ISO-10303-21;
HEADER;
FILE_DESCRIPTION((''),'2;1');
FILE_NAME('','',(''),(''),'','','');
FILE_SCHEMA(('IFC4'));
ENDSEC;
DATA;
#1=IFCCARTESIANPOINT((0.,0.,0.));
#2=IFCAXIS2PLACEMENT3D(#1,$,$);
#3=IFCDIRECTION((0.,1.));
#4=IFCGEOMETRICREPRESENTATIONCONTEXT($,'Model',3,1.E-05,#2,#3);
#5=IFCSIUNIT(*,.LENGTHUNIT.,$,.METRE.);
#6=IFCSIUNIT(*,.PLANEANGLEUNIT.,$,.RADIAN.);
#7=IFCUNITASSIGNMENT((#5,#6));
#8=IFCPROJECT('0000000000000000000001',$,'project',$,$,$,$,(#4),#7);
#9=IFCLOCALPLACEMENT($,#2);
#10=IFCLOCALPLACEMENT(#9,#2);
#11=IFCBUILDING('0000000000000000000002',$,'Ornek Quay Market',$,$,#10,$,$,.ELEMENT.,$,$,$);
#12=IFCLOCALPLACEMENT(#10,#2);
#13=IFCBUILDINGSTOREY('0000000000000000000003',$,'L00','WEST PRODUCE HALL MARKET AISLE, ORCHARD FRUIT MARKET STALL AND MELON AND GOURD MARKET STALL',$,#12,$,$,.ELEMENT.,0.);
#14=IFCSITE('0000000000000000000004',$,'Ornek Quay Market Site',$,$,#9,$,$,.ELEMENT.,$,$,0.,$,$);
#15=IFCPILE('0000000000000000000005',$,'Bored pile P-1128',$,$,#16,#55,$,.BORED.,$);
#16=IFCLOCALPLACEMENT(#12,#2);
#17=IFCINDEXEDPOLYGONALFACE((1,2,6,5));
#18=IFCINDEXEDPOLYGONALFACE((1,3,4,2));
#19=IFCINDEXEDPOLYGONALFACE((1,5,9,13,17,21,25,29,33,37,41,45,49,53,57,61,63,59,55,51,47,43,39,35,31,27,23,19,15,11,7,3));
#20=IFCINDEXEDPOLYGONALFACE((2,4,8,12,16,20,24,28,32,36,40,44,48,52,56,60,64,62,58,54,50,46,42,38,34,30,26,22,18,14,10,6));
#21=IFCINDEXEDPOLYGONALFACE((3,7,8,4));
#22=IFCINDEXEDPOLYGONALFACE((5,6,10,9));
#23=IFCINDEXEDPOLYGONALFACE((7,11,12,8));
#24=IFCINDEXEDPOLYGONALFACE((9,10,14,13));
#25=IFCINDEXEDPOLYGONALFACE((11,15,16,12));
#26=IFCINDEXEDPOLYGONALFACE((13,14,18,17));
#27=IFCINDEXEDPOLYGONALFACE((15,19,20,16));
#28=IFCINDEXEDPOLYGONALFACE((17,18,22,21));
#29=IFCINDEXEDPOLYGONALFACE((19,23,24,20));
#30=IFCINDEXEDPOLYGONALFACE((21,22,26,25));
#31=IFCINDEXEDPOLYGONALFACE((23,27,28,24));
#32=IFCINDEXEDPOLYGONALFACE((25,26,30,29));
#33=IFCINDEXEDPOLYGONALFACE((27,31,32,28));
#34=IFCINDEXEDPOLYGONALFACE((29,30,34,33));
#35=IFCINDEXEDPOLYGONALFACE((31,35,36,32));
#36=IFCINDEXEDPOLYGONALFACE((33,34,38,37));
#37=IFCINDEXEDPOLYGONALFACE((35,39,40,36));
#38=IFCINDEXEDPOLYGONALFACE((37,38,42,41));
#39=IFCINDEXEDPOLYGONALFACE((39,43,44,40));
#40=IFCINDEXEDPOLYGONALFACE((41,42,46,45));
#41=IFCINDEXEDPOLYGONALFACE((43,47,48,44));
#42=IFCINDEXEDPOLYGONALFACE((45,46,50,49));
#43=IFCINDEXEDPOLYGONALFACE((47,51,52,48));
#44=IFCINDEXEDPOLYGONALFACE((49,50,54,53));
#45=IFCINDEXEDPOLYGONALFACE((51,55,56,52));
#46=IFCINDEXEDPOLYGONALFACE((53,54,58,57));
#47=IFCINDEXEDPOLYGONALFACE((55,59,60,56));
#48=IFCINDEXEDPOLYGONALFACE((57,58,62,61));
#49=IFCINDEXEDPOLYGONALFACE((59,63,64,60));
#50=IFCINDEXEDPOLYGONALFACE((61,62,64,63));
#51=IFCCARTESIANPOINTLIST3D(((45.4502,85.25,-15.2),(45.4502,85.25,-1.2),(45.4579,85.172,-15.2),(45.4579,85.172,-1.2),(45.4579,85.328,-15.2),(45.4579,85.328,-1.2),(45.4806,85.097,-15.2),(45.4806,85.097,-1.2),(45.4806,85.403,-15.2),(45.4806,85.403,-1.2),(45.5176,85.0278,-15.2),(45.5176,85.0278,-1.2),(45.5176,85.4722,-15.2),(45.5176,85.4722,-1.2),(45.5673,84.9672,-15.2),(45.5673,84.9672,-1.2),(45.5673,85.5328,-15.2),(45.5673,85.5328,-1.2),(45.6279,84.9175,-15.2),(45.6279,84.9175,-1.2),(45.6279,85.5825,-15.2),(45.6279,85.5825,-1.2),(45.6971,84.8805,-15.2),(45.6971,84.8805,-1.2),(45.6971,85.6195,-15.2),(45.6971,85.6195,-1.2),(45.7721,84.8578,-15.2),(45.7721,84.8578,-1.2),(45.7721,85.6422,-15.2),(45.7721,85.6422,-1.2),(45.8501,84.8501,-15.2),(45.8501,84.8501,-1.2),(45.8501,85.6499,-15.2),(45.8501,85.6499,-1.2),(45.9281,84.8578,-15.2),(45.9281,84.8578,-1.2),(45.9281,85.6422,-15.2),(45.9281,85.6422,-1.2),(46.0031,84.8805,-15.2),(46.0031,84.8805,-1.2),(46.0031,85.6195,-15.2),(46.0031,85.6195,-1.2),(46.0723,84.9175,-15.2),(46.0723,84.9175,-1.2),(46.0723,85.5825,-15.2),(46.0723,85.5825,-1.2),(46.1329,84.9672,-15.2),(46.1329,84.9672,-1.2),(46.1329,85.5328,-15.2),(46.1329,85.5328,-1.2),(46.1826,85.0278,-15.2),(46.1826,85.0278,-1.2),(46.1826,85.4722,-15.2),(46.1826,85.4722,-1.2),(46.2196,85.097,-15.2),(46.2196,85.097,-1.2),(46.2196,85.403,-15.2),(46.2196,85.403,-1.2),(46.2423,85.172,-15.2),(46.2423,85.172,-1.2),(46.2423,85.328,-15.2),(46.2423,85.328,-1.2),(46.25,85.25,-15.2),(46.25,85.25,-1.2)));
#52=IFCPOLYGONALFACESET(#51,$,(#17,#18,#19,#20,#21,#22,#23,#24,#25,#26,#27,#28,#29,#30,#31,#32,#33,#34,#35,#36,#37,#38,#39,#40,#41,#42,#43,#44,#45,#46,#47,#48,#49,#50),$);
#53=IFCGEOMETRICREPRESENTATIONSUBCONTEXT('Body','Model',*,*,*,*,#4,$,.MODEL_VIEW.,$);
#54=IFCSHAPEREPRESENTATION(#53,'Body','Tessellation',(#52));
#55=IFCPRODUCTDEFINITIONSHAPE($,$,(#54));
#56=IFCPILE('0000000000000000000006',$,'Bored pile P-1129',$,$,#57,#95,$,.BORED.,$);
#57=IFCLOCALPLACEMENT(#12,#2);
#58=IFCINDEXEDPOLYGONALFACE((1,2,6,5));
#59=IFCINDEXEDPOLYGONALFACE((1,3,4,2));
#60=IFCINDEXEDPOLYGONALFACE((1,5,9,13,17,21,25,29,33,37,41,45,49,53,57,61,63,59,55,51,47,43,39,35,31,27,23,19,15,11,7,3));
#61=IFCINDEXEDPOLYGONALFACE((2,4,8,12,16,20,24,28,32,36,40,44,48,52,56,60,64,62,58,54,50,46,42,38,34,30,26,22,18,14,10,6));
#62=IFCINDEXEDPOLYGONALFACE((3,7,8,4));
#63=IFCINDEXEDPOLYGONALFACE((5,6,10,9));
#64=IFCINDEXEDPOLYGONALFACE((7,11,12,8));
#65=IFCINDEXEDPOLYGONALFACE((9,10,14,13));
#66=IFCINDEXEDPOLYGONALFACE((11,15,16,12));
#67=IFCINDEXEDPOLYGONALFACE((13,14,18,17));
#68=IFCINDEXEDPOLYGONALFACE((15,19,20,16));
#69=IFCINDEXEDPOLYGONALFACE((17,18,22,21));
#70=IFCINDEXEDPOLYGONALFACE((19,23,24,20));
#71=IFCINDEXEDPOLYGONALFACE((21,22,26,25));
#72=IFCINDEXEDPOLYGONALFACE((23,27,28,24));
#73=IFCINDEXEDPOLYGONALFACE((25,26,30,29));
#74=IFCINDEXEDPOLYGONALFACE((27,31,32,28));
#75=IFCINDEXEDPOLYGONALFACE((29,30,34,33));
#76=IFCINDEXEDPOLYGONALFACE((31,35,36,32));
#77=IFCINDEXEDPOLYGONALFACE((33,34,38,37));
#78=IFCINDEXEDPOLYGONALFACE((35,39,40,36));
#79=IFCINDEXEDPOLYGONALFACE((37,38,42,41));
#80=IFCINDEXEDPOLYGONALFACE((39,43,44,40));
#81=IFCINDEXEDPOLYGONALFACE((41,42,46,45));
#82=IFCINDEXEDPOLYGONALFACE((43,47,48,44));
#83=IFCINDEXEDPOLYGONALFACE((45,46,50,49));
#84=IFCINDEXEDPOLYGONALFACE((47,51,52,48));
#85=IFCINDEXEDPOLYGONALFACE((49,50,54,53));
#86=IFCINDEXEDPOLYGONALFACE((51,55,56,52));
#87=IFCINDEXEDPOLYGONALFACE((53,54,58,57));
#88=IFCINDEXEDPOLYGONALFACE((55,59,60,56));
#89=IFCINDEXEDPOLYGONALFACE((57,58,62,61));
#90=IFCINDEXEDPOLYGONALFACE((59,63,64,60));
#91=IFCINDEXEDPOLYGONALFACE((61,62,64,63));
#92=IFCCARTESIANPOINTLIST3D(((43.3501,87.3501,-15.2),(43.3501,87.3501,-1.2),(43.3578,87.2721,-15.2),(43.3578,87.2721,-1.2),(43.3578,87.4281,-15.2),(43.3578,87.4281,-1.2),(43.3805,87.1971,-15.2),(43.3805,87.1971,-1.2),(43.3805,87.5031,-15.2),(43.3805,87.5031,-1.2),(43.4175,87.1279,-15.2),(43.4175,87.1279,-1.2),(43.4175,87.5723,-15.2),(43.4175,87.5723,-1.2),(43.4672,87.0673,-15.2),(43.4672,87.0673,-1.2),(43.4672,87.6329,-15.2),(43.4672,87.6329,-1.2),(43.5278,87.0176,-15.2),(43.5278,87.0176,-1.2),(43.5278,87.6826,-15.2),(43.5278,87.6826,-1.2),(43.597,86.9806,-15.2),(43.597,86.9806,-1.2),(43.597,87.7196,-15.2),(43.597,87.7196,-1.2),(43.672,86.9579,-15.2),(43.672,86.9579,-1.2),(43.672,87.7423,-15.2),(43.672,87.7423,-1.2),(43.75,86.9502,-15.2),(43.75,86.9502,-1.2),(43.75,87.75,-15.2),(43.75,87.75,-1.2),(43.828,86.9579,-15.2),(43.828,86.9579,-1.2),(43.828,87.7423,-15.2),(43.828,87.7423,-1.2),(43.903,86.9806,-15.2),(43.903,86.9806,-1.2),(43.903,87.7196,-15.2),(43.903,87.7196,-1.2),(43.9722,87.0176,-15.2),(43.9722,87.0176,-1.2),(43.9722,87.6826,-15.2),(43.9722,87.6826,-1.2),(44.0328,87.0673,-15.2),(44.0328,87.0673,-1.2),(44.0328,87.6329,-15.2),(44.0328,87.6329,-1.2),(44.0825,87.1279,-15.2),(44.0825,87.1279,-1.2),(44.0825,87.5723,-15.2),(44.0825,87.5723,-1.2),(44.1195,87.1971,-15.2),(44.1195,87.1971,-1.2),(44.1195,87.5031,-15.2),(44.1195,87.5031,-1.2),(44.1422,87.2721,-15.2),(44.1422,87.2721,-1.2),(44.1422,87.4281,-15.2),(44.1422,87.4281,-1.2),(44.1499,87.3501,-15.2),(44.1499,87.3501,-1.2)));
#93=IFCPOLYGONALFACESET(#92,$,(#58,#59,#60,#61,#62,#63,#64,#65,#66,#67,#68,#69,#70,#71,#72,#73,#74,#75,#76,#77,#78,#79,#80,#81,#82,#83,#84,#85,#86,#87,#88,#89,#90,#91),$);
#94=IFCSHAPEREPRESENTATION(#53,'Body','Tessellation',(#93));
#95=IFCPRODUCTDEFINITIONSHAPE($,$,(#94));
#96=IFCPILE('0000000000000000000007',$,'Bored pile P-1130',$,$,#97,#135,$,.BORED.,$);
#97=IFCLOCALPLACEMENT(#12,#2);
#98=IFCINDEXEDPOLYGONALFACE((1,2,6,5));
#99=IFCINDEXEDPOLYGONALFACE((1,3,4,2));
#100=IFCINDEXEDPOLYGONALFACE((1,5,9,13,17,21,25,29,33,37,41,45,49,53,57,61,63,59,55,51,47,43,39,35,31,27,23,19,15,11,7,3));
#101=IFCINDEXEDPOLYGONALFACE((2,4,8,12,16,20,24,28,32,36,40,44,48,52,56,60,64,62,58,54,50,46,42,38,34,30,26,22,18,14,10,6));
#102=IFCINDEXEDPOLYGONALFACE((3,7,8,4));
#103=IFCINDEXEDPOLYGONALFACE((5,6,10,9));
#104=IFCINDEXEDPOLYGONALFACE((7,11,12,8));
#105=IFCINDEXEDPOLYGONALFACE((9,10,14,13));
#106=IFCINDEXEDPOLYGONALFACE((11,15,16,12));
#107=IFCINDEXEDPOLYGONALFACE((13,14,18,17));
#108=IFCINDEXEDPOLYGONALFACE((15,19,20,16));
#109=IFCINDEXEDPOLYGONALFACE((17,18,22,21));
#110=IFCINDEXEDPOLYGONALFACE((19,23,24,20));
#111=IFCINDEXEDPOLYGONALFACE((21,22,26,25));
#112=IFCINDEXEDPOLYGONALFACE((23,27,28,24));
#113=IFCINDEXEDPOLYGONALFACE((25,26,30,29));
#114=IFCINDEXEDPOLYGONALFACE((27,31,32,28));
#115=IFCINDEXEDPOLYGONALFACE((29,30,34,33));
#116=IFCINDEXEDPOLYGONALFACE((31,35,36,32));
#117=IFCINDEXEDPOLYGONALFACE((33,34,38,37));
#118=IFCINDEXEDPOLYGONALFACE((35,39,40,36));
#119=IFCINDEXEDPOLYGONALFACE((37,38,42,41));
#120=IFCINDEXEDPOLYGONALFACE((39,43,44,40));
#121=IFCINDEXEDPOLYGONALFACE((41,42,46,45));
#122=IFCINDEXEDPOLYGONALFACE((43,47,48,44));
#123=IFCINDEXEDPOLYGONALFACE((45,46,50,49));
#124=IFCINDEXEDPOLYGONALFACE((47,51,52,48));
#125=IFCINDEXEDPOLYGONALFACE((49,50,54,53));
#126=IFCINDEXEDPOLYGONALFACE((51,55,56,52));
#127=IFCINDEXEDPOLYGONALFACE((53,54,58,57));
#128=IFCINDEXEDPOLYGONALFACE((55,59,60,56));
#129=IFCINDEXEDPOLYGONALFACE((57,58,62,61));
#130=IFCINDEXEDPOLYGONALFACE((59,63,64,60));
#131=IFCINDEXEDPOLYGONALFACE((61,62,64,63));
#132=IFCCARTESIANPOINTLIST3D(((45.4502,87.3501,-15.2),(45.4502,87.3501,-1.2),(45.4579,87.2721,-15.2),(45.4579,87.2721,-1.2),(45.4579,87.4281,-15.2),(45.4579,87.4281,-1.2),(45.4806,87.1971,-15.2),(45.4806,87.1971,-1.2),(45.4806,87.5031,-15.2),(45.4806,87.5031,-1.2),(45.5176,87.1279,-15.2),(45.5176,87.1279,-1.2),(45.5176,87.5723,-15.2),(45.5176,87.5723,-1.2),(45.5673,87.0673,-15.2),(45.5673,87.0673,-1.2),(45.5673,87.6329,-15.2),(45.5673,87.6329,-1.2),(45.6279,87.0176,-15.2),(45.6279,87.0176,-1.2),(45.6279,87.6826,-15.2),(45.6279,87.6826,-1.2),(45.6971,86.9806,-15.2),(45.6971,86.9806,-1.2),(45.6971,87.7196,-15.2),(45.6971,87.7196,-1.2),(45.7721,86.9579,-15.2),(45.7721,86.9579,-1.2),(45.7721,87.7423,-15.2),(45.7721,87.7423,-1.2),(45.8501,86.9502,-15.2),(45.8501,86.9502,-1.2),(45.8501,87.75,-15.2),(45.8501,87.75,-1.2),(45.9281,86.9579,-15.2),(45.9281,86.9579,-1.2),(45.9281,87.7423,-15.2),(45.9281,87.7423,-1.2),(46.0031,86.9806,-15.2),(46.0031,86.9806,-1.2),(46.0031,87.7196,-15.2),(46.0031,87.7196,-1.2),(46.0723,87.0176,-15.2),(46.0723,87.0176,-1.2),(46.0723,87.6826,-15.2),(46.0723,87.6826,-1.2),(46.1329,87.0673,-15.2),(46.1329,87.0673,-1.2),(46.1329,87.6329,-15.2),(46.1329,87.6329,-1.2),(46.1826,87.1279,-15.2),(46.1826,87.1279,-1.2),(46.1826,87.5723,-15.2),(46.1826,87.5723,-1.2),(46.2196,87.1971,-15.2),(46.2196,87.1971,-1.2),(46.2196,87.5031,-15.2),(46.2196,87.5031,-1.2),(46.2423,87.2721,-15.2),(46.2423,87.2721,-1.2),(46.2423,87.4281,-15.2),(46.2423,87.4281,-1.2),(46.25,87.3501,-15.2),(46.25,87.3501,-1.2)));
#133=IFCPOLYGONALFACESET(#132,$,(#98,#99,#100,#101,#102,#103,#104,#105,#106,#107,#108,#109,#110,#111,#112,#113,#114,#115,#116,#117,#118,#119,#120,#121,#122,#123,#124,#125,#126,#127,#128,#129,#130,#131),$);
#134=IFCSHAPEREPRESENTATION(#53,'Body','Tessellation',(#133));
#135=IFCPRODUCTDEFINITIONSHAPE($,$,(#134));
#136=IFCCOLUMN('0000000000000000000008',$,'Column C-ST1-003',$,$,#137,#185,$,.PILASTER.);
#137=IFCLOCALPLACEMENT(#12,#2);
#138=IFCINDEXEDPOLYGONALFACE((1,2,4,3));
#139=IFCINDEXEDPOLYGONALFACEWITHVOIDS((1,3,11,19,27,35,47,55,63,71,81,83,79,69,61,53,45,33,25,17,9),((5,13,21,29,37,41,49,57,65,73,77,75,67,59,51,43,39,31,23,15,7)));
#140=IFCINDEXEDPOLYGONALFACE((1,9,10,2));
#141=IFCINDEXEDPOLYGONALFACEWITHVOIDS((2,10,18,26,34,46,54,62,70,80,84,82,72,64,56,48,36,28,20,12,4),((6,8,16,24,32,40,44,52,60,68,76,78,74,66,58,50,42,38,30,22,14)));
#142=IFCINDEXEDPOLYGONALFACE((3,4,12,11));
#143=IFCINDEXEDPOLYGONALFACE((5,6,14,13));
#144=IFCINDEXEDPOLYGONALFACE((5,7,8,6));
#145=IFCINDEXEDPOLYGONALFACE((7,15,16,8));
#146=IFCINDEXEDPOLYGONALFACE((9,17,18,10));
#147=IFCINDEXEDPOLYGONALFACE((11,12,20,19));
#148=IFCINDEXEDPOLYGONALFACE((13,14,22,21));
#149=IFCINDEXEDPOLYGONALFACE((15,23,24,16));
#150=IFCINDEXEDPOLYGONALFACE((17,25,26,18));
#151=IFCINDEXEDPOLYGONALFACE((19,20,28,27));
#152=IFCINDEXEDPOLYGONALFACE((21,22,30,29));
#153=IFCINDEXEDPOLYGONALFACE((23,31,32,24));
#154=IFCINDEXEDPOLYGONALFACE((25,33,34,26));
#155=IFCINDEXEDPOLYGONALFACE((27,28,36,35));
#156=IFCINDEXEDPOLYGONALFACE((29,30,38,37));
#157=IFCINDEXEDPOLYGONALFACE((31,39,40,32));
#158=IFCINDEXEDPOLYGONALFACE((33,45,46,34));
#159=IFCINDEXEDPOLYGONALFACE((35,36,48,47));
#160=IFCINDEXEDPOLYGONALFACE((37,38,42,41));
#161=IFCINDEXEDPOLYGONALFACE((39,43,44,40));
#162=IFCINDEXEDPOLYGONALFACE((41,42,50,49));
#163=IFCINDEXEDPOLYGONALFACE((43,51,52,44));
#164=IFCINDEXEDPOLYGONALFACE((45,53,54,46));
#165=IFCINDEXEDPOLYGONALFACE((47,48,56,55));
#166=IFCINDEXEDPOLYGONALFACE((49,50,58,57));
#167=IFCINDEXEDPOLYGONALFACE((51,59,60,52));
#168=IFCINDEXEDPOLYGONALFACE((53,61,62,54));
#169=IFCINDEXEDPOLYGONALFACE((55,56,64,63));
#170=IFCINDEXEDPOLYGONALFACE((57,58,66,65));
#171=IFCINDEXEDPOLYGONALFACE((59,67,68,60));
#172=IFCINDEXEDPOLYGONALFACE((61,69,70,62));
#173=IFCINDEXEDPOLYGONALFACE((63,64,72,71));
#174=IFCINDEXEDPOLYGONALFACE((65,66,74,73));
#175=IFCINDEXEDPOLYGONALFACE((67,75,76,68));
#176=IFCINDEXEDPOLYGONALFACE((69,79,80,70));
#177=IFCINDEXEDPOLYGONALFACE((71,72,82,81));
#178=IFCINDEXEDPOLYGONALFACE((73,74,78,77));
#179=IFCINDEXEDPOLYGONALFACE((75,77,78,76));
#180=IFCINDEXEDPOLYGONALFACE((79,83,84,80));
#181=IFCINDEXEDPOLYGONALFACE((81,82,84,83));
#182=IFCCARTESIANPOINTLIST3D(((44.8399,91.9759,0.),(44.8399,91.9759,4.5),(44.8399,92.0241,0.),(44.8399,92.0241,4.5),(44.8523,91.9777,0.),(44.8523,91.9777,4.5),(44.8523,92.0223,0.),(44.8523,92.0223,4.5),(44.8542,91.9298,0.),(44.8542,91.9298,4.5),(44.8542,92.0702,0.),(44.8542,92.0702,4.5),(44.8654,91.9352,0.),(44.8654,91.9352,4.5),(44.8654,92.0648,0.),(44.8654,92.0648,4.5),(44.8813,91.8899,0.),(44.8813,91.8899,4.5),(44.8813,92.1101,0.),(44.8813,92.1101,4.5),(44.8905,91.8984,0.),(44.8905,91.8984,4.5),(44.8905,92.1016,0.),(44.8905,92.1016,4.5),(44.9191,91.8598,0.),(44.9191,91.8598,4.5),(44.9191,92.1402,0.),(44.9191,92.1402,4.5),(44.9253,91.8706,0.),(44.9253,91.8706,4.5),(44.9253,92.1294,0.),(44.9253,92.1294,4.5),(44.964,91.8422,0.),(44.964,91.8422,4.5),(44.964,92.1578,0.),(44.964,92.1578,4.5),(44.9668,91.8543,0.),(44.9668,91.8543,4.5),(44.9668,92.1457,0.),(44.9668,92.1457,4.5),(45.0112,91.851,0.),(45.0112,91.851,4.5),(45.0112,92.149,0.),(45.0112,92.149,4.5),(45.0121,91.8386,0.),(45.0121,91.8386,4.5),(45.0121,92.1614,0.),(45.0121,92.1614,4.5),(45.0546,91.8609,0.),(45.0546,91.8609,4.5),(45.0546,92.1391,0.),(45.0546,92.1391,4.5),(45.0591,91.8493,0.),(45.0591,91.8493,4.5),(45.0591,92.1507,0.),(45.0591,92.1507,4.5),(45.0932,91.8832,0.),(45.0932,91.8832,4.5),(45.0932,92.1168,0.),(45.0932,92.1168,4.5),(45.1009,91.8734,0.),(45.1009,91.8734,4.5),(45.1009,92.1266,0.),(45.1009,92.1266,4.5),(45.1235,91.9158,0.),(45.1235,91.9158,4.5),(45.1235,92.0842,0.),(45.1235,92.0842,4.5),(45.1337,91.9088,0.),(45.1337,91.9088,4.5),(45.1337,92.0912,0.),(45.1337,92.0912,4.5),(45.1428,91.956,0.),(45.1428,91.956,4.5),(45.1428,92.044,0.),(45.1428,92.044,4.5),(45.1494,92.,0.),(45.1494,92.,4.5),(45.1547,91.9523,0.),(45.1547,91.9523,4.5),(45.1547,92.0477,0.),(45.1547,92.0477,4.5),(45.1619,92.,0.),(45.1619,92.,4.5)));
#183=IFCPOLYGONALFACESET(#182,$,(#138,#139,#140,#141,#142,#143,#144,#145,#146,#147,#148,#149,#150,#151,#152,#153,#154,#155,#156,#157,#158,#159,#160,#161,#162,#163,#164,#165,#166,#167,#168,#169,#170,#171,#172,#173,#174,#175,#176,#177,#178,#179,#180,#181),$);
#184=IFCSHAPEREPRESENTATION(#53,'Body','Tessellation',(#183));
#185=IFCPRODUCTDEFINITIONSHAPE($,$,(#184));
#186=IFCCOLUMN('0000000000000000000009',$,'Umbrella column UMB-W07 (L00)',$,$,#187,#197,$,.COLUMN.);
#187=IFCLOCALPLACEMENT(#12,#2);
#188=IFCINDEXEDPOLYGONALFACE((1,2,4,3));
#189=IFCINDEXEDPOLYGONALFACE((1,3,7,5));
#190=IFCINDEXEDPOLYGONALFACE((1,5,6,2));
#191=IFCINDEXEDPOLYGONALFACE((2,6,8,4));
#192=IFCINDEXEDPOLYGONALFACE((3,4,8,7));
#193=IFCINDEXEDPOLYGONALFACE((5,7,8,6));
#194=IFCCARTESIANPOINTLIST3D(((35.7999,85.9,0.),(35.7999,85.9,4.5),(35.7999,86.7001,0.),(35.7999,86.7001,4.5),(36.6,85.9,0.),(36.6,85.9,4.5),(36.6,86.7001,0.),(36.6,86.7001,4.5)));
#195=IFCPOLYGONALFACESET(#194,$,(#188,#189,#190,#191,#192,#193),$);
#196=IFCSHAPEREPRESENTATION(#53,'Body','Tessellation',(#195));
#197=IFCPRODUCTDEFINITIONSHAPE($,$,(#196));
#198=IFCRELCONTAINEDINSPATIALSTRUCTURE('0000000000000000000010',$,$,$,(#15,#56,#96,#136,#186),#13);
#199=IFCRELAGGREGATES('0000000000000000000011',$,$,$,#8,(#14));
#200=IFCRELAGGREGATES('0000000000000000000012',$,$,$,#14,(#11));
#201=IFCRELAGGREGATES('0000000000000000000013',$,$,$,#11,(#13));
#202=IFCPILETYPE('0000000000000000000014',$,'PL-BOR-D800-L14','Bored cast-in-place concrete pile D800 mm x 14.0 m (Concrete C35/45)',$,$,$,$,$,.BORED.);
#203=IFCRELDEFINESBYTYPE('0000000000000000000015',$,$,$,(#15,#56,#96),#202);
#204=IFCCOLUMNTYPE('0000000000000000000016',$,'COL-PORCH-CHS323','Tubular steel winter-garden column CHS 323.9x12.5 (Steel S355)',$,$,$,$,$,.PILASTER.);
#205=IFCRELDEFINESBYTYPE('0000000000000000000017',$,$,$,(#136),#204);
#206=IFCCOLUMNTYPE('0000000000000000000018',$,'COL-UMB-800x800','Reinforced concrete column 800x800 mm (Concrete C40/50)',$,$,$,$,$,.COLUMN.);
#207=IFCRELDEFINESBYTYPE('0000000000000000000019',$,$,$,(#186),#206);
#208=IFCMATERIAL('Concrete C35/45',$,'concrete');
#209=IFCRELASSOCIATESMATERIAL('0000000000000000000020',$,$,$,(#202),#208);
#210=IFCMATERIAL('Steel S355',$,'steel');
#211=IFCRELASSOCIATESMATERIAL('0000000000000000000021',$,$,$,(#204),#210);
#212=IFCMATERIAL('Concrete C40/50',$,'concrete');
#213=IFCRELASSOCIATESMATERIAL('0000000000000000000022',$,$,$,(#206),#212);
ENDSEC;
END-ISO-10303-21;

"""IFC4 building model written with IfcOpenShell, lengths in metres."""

from ifc_helpers import new_model, si_unit, direction, frame, origin, origin_2d, place, context, subcontext, project, spatial, rectangle, circle, hollow_circle, extrude, material, material_profile, profile_set, type_object, element, save


model = new_model("IFC4")

# Units and contexts
model_context = context("Model", 3, precision=1e-05, world=origin(), true_north=direction((0.0, 1.0)))
body_context = subcontext(model_context, "Body", "Model", "MODEL_VIEW")
ifc_project = project(units=[si_unit("LENGTHUNIT", "METRE"), si_unit("PLANEANGLEUNIT", "RADIAN")], contexts=[model_context])

# Site, building, storey
site_placement = place(None, origin())
site = spatial("IfcSite", under=ifc_project, at=site_placement, Name="Ornek Quay Market Site", CompositionType="ELEMENT", RefElevation=0.0)
building_placement = place(site_placement, origin())
building = spatial("IfcBuilding", under=site, at=building_placement, Name="Ornek Quay Market", CompositionType="ELEMENT")
storey_placement = place(building_placement, origin())
storey = spatial("IfcBuildingStorey", under=building, at=storey_placement, Name="L00", Description="WEST PRODUCE HALL MARKET AISLE, ORCHARD FRUIT MARKET STALL AND MELON AND GOURD MARKET STALL", CompositionType="ELEMENT", Elevation=0.0)

# Piles
ifc_material_1 = material(Name="Concrete C35/45", Category="concrete")
ifc_material_profile_1 = material_profile(ifc_material_1, circle(Radius=0.3999, at=origin_2d()), Name="PILE D800", Category="concrete")
ifc_profile_set_1 = profile_set([ifc_material_profile_1], Name="Concrete C35/45")
pile_type_1 = type_object("IfcPileType", Name="PL-BOR-D800-L14", Description="Bored cast-in-place concrete pile D800 mm x 14.0 m (Concrete C35/45)", PredefinedType="BORED", material=ifc_profile_set_1)
for number, where, z_axis, x_axis, name in (
    (1, (45.8501, 85.25, -1.2), (0.0, 0.0, -1.0), (1.0, 0.0, 0.0), "Bored pile P-1128"),
    (2, (43.75, 87.3501, -1.2), (0.0, 0.0, -1.0), (1.0, 0.0, 0.0), "Bored pile P-1129"),
    (3, (45.8501, 87.3501, -1.2), (0.0, 0.0, -1.0), (1.0, 0.0, 0.0), "Bored pile P-1130"),
):
    element("IfcPile", number, at=place(storey_placement, frame(where, z_axis=z_axis, x_axis=x_axis)), inside=storey, type_object=pile_type_1, Name=name, PredefinedType="BORED", context=body_context, shape_type="SweptSolid", body=[
        extrude(circle(Radius=0.3999, at=origin_2d()), origin(), (0.0, 0.0, 1.0), 14.0),
    ])

# Columns
ifc_material_2 = material(Name="Steel S355", Category="steel")
ifc_material_profile_2 = material_profile(ifc_material_2, hollow_circle(Radius=0.1619, WallThickness=0.0125, at=origin_2d()), Name="CHS 323.9x12.5", Category="steel")
ifc_profile_set_2 = profile_set([ifc_material_profile_2], Name="Steel S355")
column_type_1 = type_object("IfcColumnType", Name="COL-PORCH-CHS323", Description="Tubular steel winter-garden column CHS 323.9x12.5 (Steel S355)", PredefinedType="PILASTER", material=ifc_profile_set_2)
column_placement = place(storey_placement, frame((45.0, 92.0, 0.0), z_axis=(0.0, 0.0, 1.0), x_axis=(1.0, 0.0, 0.0)))
element("IfcColumn", 4, at=column_placement, inside=storey, type_object=column_type_1, Name="Column C-ST1-003", PredefinedType="PILASTER", context=body_context, shape_type="SweptSolid", body=[
    extrude(hollow_circle(Radius=0.1619, WallThickness=0.0125, at=origin_2d()), origin(), (0.0, 0.0, 1.0), 4.5),
])
ifc_material_3 = material(Name="Concrete C40/50", Category="concrete")
ifc_material_profile_3 = material_profile(ifc_material_3, rectangle(XDim=0.8, YDim=0.8, at=origin_2d()), Name="RC 800x800", Category="concrete")
ifc_profile_set_3 = profile_set([ifc_material_profile_3], Name="Concrete C40/50")
column_type_2 = type_object("IfcColumnType", Name="COL-UMB-800x800", Description="Reinforced concrete column 800x800 mm (Concrete C40/50)", PredefinedType="COLUMN", material=ifc_profile_set_3)
for number, where, z_axis, x_axis, name in (
    (5, (36.2, 86.3, 0.0), (0.0, 0.0, 1.0), (1.0, 0.0, 0.0), "Umbrella column UMB-W07 (L00)"),
):
    element("IfcColumn", number, at=place(storey_placement, frame(where, z_axis=z_axis, x_axis=x_axis)), inside=storey, type_object=column_type_2, Name=name, PredefinedType="COLUMN", context=body_context, shape_type="SweptSolid", body=[
        extrude(rectangle(XDim=0.8, YDim=0.8, at=origin_2d()), origin(), (0.0, 0.0, 1.0), 4.5),
    ])

save(model, "model.ifc")
